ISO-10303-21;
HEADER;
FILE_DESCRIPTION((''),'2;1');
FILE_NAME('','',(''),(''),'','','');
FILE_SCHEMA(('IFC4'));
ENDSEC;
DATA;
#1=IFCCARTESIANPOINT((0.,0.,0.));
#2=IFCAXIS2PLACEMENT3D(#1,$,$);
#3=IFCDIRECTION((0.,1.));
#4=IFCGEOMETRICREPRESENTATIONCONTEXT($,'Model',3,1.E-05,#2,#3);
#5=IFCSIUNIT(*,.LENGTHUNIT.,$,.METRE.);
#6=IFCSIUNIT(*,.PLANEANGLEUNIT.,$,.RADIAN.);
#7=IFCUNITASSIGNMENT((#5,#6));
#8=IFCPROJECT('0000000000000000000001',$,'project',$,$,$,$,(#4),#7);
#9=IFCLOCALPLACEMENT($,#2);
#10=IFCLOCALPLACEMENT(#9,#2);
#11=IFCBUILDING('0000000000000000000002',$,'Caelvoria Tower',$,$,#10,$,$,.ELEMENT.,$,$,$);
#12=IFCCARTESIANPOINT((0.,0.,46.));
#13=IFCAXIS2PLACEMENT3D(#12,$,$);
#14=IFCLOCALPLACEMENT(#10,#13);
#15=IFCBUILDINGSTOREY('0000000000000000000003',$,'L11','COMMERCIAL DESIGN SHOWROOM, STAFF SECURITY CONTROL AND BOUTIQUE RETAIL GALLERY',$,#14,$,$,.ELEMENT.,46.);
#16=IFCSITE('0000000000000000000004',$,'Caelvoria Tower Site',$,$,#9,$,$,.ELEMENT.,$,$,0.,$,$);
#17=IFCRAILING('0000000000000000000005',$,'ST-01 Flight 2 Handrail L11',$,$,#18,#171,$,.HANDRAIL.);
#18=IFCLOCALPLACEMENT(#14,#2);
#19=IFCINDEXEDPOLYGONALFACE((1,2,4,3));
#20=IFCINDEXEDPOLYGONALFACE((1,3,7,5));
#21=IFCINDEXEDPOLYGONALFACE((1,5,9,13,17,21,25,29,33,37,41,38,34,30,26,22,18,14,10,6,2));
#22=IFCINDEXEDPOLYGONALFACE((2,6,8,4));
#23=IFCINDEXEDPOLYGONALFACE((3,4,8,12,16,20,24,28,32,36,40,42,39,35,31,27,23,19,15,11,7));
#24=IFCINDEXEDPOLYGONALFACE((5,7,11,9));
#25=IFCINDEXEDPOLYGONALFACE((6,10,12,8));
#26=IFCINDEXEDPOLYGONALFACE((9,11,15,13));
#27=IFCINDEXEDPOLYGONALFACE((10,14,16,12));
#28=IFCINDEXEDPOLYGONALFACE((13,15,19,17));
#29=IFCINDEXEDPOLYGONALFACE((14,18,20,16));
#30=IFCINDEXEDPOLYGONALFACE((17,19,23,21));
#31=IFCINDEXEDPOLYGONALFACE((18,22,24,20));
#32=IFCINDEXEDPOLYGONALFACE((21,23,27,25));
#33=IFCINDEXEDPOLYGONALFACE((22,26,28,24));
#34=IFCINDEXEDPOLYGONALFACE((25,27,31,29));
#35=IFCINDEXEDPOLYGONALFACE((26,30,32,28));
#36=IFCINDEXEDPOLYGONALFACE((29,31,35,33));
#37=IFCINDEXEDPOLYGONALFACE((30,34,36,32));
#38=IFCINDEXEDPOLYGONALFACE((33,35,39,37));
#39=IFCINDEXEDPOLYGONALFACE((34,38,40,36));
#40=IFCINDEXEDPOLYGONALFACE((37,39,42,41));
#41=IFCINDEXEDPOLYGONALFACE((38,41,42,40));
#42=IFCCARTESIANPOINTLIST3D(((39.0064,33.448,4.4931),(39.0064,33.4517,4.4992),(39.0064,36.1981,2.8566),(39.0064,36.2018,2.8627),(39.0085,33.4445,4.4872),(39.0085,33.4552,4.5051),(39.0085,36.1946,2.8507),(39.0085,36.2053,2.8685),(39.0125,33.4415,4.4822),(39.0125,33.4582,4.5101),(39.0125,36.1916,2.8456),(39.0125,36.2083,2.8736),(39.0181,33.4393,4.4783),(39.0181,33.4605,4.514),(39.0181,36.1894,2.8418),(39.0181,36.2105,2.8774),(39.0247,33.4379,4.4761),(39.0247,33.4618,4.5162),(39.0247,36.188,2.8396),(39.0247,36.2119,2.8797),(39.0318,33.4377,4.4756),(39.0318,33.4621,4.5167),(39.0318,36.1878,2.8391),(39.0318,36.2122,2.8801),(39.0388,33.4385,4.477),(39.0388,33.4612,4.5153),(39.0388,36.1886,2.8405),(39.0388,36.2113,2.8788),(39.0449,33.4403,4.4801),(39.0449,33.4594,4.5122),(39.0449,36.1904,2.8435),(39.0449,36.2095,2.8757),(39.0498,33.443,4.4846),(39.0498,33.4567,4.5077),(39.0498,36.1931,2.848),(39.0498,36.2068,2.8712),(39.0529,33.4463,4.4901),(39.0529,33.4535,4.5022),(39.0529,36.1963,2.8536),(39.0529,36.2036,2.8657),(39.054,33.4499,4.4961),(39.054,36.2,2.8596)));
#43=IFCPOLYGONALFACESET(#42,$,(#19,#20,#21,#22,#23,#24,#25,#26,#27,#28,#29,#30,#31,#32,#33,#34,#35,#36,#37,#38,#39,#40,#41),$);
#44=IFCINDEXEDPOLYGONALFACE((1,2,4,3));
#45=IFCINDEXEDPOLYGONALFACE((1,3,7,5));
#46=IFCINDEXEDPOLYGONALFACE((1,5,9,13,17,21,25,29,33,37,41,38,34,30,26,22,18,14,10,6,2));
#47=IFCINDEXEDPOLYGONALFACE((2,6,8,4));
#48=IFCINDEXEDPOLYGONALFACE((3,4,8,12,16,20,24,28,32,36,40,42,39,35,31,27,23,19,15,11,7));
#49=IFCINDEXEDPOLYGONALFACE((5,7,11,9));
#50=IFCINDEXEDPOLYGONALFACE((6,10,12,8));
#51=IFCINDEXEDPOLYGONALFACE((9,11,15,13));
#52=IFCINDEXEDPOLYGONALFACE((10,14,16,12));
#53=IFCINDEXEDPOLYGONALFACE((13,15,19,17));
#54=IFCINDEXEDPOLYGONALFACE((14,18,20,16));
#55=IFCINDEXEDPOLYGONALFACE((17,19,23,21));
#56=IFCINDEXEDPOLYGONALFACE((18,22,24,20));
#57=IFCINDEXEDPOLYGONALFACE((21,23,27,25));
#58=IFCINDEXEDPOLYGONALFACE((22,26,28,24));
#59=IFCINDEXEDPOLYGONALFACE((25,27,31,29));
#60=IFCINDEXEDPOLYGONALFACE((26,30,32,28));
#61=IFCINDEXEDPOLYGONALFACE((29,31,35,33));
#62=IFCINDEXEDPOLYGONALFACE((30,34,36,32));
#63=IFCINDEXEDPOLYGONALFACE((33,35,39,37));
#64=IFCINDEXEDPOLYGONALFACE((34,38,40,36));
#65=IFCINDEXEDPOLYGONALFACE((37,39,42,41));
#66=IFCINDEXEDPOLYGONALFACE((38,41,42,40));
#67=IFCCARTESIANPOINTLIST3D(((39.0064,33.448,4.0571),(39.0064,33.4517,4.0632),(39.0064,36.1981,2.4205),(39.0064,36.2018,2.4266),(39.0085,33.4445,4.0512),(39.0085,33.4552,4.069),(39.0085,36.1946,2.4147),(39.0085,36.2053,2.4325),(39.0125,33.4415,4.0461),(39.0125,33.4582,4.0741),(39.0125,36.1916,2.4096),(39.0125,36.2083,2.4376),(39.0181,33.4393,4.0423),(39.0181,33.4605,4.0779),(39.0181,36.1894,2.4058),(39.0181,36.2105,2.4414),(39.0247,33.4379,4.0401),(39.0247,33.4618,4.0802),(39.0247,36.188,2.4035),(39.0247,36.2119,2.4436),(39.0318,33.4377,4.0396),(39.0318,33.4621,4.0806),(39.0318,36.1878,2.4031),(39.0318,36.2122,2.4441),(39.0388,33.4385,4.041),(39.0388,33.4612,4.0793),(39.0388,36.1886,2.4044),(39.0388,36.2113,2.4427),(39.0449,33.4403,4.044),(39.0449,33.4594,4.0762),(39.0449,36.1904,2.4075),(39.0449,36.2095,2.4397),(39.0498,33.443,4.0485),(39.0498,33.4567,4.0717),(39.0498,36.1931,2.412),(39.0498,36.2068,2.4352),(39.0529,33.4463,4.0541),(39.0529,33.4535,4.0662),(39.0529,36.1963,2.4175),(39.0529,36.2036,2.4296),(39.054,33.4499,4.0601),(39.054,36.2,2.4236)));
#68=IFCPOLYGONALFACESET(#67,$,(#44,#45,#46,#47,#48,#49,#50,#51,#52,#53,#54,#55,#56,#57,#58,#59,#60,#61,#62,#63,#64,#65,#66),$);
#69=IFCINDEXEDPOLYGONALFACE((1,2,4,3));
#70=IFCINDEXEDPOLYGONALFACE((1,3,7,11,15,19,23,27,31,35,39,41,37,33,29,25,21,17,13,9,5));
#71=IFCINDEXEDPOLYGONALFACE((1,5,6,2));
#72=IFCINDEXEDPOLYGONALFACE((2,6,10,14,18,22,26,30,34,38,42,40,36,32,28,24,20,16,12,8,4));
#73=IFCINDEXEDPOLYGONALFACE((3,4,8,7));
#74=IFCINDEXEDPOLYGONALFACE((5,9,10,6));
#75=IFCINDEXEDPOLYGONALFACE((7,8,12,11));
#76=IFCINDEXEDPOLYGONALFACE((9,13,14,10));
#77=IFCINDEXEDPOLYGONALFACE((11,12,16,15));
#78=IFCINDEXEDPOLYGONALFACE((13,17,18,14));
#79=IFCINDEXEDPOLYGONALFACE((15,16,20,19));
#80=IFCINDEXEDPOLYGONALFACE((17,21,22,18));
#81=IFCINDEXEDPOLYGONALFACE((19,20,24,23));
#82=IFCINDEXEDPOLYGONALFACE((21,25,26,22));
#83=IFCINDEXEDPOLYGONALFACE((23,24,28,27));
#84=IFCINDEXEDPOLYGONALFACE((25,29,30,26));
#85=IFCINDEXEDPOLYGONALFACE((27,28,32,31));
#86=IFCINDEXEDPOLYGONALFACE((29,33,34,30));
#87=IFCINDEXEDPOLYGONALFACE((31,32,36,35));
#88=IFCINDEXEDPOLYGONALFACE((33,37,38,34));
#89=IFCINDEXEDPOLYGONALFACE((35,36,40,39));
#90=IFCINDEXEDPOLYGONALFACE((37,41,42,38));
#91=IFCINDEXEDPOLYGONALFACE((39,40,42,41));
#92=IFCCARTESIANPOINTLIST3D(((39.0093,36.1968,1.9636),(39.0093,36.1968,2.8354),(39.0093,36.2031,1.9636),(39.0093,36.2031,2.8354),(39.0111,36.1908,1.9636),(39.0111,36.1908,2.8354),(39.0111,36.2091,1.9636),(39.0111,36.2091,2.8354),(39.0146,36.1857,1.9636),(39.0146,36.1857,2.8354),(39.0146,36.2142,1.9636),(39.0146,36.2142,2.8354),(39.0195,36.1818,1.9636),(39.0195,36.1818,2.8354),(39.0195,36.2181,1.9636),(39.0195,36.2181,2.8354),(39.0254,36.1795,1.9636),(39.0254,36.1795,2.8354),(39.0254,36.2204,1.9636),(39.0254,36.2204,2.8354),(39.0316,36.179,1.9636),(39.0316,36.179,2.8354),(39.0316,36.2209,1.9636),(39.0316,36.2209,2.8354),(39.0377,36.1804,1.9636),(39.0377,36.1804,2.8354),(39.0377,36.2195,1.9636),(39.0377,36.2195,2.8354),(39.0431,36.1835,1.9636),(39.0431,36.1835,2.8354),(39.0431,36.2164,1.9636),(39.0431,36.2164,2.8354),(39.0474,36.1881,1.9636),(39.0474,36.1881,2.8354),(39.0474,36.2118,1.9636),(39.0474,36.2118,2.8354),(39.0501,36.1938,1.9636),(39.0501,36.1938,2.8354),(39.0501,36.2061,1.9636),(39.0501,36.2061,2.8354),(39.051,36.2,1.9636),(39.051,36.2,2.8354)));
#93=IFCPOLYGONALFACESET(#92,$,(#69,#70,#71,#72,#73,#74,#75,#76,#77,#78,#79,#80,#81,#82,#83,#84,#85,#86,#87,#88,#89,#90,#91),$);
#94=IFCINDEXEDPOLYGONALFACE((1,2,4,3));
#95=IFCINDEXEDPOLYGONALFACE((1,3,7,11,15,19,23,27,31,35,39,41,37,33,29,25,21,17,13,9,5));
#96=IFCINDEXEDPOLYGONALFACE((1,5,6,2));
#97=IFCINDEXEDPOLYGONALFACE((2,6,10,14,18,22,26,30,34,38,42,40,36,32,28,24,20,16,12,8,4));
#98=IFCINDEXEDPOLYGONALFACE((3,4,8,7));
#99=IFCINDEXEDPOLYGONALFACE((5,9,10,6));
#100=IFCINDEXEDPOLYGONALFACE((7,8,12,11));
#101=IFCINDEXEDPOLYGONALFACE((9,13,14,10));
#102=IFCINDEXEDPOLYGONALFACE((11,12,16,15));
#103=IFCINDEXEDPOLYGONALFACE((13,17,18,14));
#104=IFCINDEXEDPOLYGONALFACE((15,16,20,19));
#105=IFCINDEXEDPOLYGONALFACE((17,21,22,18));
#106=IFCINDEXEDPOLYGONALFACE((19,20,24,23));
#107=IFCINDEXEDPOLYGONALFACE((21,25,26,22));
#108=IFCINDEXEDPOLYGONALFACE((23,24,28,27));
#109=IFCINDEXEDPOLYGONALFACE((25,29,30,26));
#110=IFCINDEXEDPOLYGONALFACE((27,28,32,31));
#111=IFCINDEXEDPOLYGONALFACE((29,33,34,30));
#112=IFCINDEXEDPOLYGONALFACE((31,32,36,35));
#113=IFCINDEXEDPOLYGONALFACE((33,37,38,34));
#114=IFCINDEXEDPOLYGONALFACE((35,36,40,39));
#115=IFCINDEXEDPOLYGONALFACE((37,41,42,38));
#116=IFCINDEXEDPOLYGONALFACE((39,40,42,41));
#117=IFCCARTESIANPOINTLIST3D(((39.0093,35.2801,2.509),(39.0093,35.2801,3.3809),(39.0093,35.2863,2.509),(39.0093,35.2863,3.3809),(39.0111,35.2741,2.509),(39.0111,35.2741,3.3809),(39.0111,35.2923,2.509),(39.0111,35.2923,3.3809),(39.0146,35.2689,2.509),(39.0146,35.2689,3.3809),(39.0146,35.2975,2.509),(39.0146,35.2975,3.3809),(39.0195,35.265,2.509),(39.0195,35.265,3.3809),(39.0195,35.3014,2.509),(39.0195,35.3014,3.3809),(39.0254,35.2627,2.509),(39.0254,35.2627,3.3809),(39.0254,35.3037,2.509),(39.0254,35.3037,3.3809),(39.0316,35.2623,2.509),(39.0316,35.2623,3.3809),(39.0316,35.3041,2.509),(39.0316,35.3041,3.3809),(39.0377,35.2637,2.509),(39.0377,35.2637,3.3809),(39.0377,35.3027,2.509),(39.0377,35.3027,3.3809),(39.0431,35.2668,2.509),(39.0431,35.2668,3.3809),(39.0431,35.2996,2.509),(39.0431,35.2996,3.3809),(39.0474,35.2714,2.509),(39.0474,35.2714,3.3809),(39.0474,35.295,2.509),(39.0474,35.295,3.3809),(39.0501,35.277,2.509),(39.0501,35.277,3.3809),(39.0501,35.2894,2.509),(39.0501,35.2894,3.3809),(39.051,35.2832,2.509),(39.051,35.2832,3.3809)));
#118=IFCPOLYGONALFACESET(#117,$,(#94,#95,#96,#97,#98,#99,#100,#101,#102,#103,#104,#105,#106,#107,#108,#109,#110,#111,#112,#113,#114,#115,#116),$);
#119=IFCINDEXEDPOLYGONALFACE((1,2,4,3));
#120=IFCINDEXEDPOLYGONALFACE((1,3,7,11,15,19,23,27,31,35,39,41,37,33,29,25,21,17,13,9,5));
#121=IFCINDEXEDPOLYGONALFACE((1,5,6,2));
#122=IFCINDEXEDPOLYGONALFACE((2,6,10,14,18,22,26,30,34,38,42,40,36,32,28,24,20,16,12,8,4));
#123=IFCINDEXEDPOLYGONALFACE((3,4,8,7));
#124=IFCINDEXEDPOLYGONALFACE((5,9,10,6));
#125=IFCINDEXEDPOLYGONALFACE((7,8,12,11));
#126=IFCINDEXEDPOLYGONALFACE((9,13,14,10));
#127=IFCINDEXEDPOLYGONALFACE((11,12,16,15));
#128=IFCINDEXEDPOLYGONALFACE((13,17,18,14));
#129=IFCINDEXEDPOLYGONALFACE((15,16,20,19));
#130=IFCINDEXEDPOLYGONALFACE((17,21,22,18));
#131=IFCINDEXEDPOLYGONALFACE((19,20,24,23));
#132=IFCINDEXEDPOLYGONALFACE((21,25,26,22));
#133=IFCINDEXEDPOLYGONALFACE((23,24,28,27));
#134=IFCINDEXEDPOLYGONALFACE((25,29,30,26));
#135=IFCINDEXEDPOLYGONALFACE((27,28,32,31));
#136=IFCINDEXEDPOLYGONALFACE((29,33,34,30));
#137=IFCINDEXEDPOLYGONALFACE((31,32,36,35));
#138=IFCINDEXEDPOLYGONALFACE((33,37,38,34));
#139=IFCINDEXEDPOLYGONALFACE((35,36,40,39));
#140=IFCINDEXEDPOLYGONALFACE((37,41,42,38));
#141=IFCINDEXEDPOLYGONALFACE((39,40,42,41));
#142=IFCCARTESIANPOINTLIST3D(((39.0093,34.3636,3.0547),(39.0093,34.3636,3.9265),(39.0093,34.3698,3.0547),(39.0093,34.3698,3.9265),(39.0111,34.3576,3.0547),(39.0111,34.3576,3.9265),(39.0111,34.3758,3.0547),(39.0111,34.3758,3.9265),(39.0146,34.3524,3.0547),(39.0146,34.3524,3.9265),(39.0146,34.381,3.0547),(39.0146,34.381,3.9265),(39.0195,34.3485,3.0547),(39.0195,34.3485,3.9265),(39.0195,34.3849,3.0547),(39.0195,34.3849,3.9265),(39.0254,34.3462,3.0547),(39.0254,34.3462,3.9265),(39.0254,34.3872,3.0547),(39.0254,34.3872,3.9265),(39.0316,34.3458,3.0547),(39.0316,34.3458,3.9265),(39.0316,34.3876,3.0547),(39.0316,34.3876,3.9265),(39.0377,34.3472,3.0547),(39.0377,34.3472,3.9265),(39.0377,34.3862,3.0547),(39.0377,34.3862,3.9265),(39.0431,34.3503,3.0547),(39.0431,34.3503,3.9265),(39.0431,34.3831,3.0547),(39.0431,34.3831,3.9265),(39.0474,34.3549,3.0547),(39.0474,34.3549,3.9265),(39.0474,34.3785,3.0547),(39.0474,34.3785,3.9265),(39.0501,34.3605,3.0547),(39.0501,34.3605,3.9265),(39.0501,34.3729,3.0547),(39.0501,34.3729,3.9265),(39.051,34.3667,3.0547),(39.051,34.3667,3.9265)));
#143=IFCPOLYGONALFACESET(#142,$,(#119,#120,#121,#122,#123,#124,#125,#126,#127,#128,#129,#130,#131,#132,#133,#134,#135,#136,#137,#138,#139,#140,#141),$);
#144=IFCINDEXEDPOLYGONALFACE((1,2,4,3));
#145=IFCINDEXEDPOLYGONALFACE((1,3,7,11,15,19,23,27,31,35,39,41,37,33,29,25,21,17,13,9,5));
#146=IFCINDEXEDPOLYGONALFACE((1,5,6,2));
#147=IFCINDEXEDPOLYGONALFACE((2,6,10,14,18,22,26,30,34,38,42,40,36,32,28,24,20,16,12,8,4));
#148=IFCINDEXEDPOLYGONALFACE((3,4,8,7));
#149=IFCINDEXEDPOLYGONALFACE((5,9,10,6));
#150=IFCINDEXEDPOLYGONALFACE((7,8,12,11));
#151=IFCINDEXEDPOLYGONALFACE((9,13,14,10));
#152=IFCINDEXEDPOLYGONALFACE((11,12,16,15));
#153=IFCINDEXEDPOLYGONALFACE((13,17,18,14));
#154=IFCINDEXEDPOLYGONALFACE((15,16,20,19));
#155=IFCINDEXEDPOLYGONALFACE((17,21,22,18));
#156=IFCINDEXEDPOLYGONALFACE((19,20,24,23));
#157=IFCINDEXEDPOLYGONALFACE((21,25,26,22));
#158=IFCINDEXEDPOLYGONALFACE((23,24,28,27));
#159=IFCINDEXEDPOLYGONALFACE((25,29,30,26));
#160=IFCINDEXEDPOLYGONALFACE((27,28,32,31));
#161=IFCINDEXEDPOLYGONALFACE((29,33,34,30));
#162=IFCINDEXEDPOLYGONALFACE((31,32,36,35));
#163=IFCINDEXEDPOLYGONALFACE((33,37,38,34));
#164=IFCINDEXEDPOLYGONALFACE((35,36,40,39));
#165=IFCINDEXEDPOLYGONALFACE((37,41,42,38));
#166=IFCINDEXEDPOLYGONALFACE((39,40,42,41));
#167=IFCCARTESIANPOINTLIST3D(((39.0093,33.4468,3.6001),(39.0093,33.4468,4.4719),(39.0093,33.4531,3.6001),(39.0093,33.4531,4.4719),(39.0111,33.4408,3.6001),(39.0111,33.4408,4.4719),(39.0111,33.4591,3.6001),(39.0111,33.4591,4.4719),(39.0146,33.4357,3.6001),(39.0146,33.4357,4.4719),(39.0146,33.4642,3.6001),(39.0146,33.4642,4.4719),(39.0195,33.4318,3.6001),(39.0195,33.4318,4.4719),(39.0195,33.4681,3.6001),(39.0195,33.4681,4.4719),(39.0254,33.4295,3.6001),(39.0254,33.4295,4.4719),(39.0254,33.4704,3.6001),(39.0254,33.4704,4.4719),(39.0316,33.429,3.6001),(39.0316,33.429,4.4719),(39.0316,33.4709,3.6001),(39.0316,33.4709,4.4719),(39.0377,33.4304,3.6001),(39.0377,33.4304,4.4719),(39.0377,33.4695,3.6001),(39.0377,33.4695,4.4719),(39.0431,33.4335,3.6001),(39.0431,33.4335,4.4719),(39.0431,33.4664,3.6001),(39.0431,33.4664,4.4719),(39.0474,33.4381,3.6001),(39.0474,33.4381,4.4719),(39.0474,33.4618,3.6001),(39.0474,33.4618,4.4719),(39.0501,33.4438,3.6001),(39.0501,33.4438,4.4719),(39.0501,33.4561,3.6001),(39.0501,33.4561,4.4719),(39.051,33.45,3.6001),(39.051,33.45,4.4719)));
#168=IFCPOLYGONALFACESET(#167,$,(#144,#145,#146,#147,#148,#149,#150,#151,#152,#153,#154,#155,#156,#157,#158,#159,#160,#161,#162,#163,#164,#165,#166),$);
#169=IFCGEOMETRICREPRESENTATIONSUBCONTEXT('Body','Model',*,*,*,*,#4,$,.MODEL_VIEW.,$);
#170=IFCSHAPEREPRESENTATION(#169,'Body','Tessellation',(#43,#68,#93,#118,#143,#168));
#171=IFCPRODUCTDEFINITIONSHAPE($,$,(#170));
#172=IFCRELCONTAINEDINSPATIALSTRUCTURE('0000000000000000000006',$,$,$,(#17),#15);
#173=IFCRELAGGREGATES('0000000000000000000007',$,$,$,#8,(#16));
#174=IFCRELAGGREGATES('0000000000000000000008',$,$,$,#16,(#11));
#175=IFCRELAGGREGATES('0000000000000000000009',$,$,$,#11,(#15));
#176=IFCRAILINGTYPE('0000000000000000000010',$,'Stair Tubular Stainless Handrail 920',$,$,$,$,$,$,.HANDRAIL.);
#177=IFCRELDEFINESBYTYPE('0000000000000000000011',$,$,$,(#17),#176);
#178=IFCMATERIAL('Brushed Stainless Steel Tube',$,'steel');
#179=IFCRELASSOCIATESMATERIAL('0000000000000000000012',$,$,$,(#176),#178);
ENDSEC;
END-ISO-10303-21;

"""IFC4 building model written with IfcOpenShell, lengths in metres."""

from ifc_helpers import new_model, si_unit, direction, frame, origin, origin_2d, place, context, subcontext, project, spatial, circle, extrude, material, type_object, element, save


model = new_model("IFC4")

# Units and contexts
model_context = context("Model", 3, precision=1e-05, world=origin(), true_north=direction((0.0, 1.0)))
body_context = subcontext(model_context, "Body", "Model", "MODEL_VIEW")
ifc_project = project(units=[si_unit("LENGTHUNIT", "METRE"), si_unit("PLANEANGLEUNIT", "RADIAN")], contexts=[model_context])

# Site, building, storey
site_placement = place(None, origin())
site = spatial("IfcSite", under=ifc_project, at=site_placement, Name="Caelvoria Tower Site", CompositionType="ELEMENT", RefElevation=0.0)
building_placement = place(site_placement, origin())
building = spatial("IfcBuilding", under=site, at=building_placement, Name="Caelvoria Tower", CompositionType="ELEMENT")
storey_placement = place(building_placement, frame((0.0, 0.0, 46.0)))
storey = spatial("IfcBuildingStorey", under=building, at=storey_placement, Name="L11", Description="COMMERCIAL DESIGN SHOWROOM, STAFF SECURITY CONTROL AND BOUTIQUE RETAIL GALLERY", CompositionType="ELEMENT", Elevation=46.0)

# Railing
ifc_material_1 = material(Name="Brushed Stainless Steel Tube", Category="steel")
railing_type_1 = type_object("IfcRailingType", Name="Stair Tubular Stainless Handrail 920", PredefinedType="HANDRAIL", material=ifc_material_1)
railing_1_placement = place(storey_placement, frame((39.03, 36.2, 1.9636)))
element("IfcRailing", 1, at=railing_1_placement, inside=storey, type_object=railing_type_1, Name="ST-01 Flight 2 Handrail L11", PredefinedType="HANDRAIL", context=body_context, shape_type="SweptSolid", body=[
    extrude(circle(Radius=0.0239, at=origin_2d()), frame((0.0, 0.0, 0.896), z_axis=(0.0, -0.859352, 0.511385), x_axis=(1.0, 0.0, 0.0)), (0.0, 0.0, 1.0), 3.2002),
    extrude(circle(Radius=0.0239, at=origin_2d()), frame((0.0, 0.0, 0.46), z_axis=(0.0, -0.859352, 0.511385), x_axis=(1.0, 0.0, 0.0)), (0.0, 0.0, 1.0), 3.2002),
    extrude(circle(Radius=0.021, at=origin_2d()), origin(), (0.0, 0.0, 1.0), 0.8718),
    extrude(circle(Radius=0.021, at=origin_2d()), frame((0.0, -0.9167, 0.5454)), (0.0, 0.0, 1.0), 0.8718),
    extrude(circle(Radius=0.021, at=origin_2d()), frame((0.0, -1.8333, 1.0911)), (0.0, 0.0, 1.0), 0.8718),
    extrude(circle(Radius=0.021, at=origin_2d()), frame((0.0, -2.75, 1.6365)), (0.0, 0.0, 1.0), 0.8718),
])

save(model, "model.ifc")
